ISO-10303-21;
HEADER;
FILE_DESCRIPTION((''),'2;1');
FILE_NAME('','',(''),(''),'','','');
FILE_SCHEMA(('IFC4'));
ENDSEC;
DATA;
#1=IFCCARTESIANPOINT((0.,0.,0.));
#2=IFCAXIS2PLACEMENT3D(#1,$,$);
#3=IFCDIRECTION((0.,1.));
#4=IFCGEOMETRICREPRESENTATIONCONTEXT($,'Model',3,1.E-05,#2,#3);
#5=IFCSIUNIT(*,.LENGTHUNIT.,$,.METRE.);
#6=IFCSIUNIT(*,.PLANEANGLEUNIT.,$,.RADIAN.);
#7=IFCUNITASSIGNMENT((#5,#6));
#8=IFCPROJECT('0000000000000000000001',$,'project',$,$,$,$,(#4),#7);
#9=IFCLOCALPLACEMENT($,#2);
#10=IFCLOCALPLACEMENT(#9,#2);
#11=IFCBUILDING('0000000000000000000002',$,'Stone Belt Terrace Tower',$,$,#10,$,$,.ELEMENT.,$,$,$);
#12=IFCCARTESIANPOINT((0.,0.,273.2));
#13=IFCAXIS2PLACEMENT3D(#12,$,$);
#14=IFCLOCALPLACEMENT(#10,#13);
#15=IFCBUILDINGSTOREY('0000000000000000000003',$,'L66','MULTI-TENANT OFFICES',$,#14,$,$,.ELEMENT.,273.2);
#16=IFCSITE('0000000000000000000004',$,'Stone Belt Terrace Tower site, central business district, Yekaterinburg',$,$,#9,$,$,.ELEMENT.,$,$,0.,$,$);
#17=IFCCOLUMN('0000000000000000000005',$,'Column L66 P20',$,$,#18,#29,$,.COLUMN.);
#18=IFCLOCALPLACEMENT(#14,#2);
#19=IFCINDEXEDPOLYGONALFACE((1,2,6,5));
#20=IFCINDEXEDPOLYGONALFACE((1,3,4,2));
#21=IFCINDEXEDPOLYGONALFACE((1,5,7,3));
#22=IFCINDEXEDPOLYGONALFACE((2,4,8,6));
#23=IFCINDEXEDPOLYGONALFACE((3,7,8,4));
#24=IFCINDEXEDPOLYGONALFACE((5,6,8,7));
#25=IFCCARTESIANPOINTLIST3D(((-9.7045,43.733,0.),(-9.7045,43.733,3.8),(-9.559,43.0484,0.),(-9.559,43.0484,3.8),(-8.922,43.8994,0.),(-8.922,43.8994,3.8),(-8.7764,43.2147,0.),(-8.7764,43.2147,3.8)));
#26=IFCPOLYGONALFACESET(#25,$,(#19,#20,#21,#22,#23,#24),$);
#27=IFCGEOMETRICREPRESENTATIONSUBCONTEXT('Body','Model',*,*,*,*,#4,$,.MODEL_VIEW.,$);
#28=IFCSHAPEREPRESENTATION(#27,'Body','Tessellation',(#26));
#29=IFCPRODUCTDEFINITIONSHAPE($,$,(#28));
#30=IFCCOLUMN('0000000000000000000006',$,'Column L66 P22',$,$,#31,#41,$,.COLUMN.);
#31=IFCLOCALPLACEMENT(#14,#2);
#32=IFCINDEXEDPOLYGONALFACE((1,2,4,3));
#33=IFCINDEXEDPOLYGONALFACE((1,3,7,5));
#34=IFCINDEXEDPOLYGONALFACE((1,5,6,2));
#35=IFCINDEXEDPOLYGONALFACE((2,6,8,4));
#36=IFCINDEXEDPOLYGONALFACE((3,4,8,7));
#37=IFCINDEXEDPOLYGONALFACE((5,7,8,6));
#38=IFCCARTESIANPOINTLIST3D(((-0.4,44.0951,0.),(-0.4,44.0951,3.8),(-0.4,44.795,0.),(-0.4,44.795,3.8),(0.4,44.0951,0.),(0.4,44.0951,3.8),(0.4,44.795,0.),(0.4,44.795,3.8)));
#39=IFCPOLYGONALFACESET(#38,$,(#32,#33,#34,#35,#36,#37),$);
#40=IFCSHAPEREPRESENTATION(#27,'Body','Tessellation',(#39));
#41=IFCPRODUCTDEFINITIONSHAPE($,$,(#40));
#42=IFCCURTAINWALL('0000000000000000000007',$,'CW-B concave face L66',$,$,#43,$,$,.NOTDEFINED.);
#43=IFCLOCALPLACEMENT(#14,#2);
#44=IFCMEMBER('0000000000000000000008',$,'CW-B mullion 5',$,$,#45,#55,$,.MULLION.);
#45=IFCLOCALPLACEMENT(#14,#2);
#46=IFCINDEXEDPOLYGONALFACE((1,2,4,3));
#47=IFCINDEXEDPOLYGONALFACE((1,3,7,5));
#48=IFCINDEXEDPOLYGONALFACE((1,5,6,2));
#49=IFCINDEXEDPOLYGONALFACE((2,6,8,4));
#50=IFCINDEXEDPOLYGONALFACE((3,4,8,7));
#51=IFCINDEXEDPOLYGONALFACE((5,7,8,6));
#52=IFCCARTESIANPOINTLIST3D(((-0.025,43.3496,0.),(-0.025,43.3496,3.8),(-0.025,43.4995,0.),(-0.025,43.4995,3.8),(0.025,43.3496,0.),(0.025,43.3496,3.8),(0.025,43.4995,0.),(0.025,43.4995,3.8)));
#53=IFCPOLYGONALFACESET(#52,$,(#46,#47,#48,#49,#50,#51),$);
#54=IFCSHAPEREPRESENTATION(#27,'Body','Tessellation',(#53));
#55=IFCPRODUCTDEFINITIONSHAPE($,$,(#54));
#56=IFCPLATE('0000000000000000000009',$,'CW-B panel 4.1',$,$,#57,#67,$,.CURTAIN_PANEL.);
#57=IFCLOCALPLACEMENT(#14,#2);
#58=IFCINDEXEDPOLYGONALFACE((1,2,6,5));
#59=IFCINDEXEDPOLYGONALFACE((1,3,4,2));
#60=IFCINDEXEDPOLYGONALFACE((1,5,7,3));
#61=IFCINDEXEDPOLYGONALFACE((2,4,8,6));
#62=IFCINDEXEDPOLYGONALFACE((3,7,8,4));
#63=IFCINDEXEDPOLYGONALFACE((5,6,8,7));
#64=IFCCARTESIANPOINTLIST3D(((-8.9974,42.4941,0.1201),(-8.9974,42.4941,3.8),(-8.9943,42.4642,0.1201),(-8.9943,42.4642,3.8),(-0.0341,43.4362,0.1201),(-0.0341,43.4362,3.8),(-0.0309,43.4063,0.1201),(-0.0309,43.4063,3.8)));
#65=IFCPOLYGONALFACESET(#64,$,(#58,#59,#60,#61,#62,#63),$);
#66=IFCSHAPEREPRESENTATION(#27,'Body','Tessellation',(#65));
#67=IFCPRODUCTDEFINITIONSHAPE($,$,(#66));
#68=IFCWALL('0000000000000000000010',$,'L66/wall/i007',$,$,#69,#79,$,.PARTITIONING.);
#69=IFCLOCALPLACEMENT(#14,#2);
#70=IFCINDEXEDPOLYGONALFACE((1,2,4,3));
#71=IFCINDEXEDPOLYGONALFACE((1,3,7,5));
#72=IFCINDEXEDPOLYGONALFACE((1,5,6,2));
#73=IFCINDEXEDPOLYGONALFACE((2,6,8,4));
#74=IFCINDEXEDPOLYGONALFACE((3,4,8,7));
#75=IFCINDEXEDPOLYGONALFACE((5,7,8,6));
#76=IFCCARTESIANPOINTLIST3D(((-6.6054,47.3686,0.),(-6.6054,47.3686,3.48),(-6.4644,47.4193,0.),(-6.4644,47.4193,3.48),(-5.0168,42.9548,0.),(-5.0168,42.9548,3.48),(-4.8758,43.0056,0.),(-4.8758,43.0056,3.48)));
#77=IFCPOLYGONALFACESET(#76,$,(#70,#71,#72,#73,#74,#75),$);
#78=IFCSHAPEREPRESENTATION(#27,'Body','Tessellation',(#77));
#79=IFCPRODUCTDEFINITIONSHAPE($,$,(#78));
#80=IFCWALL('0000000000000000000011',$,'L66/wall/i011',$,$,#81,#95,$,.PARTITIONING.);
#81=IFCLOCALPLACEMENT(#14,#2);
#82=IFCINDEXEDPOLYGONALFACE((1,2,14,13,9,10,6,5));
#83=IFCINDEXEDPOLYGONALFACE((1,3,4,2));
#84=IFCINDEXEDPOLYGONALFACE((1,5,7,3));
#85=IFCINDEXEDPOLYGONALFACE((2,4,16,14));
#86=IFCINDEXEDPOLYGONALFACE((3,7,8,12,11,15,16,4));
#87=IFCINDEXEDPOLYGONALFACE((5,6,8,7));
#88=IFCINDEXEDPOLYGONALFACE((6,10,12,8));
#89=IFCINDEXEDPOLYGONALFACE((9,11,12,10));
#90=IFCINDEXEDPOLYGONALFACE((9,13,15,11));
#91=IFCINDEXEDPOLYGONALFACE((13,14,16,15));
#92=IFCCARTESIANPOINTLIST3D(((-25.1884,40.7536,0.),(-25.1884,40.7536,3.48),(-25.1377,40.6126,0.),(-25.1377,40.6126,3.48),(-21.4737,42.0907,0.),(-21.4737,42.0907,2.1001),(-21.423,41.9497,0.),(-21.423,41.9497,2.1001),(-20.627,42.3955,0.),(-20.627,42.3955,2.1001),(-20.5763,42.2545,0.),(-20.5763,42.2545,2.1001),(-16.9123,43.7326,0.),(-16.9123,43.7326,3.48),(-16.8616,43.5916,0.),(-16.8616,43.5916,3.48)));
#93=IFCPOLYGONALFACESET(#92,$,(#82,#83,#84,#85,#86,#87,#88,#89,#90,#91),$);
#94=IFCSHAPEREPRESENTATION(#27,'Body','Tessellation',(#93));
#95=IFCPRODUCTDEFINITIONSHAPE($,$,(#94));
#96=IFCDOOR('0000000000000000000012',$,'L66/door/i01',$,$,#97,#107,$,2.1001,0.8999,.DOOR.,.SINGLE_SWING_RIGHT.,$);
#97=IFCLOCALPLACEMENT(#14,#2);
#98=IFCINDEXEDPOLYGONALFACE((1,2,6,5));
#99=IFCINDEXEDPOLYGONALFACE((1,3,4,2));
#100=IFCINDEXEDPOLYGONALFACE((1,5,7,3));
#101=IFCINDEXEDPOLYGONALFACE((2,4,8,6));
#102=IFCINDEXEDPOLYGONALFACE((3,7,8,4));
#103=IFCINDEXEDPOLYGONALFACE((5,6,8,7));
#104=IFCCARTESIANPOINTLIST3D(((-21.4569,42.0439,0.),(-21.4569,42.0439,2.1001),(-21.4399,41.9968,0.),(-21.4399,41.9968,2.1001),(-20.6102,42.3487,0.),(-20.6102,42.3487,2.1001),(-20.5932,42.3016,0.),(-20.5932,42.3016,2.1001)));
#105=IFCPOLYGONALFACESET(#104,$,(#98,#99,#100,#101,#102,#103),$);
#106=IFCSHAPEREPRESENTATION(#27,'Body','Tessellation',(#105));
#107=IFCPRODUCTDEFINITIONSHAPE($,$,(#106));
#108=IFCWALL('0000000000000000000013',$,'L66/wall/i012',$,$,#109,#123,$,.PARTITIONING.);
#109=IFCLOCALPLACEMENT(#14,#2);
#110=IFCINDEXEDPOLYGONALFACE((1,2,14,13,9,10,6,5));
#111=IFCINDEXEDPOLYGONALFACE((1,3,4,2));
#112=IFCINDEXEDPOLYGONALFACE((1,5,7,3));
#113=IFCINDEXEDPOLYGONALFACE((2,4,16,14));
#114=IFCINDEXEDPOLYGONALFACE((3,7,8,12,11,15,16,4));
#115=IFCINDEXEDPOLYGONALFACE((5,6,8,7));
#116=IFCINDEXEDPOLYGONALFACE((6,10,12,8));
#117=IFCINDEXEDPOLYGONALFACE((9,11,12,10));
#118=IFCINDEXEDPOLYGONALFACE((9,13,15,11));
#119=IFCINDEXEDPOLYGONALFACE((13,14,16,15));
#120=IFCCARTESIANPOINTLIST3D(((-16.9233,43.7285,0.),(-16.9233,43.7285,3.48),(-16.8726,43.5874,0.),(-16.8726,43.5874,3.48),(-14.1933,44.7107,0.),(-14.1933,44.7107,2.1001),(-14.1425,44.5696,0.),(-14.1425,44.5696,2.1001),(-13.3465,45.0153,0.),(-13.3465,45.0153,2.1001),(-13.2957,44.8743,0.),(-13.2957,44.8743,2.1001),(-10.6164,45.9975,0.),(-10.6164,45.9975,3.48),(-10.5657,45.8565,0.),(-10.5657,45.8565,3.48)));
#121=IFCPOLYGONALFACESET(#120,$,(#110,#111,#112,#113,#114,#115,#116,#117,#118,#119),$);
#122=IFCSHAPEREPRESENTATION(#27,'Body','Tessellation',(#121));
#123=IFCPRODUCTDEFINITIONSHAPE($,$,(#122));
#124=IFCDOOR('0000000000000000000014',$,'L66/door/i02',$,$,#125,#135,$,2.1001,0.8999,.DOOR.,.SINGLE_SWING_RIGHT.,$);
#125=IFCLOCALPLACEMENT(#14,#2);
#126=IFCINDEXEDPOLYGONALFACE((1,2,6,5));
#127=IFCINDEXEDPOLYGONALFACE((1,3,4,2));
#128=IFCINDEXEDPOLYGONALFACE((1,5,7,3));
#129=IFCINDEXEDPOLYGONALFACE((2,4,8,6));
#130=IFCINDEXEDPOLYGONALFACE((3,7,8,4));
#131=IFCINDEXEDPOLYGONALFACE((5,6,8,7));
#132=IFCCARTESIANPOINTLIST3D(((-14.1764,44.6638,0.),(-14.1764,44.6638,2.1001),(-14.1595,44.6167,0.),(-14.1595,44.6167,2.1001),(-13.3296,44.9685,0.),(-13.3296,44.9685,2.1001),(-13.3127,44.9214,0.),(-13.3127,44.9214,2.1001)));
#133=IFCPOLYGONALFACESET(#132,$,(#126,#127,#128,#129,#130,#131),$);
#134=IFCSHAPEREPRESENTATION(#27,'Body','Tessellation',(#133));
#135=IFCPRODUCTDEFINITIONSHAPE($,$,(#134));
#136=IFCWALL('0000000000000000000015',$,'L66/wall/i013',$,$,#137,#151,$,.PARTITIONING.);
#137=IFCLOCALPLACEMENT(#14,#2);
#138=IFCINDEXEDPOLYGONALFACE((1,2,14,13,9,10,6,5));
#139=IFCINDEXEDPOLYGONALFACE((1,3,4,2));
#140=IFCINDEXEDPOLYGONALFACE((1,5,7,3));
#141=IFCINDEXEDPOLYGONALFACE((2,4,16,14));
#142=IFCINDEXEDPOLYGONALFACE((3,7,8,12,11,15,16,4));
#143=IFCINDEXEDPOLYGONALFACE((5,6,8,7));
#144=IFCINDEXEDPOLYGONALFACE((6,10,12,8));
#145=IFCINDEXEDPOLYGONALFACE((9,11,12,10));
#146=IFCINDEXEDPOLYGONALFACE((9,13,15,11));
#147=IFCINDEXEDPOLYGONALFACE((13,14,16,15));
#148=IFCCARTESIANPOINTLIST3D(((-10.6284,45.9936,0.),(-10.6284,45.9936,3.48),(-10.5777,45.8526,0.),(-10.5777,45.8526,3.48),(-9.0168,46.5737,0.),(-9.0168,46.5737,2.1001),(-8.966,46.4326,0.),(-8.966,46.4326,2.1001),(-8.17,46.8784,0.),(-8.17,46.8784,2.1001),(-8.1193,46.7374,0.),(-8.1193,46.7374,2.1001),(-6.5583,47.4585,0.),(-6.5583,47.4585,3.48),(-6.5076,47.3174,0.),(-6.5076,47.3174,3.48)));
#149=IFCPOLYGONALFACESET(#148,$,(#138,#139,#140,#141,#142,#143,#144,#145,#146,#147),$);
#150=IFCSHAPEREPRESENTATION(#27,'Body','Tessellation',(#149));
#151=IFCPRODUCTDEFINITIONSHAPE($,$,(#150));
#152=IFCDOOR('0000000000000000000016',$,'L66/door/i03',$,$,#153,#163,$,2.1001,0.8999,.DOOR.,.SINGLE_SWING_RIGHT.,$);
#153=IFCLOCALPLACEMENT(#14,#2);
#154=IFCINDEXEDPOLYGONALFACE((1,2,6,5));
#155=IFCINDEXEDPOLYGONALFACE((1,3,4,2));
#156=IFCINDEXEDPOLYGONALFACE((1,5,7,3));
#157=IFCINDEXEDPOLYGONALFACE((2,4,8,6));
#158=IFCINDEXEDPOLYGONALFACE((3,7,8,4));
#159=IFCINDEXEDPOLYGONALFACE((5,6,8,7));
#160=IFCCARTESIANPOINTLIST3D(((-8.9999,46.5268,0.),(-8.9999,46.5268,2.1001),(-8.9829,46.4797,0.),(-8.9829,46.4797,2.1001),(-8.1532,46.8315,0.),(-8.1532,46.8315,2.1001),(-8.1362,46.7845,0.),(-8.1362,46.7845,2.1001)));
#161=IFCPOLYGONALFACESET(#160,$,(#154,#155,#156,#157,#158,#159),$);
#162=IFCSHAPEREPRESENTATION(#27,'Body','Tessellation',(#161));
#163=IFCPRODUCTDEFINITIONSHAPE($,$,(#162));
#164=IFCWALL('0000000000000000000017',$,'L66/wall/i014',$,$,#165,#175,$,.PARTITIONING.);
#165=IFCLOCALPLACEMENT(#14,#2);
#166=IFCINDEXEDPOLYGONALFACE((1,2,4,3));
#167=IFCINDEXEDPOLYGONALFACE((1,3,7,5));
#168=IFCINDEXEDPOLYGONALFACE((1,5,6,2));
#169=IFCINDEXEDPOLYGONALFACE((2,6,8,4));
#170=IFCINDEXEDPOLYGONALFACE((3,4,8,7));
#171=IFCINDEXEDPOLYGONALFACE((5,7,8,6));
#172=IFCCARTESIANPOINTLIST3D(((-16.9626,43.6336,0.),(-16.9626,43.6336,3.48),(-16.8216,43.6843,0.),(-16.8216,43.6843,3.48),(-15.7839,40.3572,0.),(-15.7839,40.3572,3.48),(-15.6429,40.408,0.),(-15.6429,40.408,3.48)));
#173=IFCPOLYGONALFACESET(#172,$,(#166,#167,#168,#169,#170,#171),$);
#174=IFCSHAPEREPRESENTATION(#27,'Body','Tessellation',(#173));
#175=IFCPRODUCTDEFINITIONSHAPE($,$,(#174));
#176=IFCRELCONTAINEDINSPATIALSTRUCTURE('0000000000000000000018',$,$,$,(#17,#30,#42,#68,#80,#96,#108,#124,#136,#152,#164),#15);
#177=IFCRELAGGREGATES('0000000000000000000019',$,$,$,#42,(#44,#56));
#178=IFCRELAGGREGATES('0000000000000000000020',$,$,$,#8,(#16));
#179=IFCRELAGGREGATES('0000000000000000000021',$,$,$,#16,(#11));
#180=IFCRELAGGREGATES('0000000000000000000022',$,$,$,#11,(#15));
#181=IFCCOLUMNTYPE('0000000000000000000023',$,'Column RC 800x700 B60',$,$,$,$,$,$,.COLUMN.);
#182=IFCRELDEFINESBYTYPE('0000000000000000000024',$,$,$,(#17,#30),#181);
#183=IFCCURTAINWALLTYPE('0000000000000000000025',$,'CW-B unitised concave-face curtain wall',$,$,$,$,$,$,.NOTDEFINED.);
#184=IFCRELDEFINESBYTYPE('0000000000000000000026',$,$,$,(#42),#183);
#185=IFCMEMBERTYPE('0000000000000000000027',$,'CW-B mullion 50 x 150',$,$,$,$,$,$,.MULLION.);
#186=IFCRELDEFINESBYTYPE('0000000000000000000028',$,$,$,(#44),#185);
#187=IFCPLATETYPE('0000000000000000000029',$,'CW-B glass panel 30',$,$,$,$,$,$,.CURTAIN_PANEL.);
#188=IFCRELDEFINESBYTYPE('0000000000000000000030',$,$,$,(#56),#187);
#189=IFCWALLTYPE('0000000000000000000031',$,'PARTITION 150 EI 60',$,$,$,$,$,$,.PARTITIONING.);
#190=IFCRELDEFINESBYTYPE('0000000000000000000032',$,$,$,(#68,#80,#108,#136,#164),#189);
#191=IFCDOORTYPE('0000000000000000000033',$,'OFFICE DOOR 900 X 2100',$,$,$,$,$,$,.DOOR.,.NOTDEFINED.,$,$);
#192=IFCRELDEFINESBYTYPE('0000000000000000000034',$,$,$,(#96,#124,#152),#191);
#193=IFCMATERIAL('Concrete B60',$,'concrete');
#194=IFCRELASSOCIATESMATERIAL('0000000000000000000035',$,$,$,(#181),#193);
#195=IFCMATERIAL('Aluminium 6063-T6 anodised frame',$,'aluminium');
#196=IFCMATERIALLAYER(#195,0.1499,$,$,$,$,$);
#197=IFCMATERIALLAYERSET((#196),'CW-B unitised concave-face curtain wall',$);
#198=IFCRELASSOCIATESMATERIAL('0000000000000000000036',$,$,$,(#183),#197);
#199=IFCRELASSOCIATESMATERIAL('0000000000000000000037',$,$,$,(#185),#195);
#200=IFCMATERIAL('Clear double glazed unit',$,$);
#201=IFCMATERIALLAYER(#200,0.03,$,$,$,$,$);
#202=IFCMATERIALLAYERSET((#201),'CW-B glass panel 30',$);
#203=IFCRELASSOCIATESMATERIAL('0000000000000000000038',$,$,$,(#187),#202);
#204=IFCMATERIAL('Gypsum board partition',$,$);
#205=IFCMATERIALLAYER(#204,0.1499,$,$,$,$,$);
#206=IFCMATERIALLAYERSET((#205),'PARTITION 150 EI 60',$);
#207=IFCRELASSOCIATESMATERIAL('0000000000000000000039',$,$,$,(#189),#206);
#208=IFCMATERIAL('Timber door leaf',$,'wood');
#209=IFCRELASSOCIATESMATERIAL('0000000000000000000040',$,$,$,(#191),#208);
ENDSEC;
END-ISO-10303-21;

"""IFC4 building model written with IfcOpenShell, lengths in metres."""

from ifc_helpers import new_model, si_unit, direction, frame, frame_2d, origin, origin_2d, place, context, subcontext, project, spatial, rectangle, extrude, material, layer, layer_set, material_profile, profile_set, type_object, element, fill, aggregate, save


model = new_model("IFC4")

# Units and contexts
model_context = context("Model", 3, precision=1e-05, world=origin(), true_north=direction((0.0, 1.0)))
body_context = subcontext(model_context, "Body", "Model", "MODEL_VIEW")
ifc_project = project(units=[si_unit("LENGTHUNIT", "METRE"), si_unit("PLANEANGLEUNIT", "RADIAN")], contexts=[model_context])

# Site, building, storey
site_placement = place(None, origin())
site = spatial("IfcSite", under=ifc_project, at=site_placement, Name="Stone Belt Terrace Tower site, central business district, Yekaterinburg", CompositionType="ELEMENT", RefElevation=0.0)
building_placement = place(site_placement, origin())
building = spatial("IfcBuilding", under=site, at=building_placement, Name="Stone Belt Terrace Tower", CompositionType="ELEMENT")
storey_placement = place(building_placement, frame((0.0, 0.0, 273.2)))
storey = spatial("IfcBuildingStorey", under=building, at=storey_placement, Name="L66", Description="MULTI-TENANT OFFICES", CompositionType="ELEMENT", Elevation=273.2)

# Columns
ifc_material_1 = material(Name="Concrete B60", Category="concrete")
ifc_material_profile_1 = material_profile(ifc_material_1, rectangle(XDim=0.8, YDim=0.7, at=origin_2d()), Name="RC 800x700")
ifc_profile_set_1 = profile_set([ifc_material_profile_1], Name="Concrete B60")
column_type = type_object("IfcColumnType", Name="Column RC 800x700 B60", PredefinedType="COLUMN", material=ifc_profile_set_1)
for number, where, z_axis, x_axis, name in (
    (1, (-9.2405, 43.4739, 0.0), (0.0, 0.0, 1.0), (0.978148, 0.207912, 0.0), "Column L66 P20"),
    (2, (0.0, 44.4451, 0.0), (0.0, 0.0, 1.0), (1.0, 0.0, 0.0), "Column L66 P22"),
):
    element("IfcColumn", number, at=place(storey_placement, frame(where, z_axis=z_axis, x_axis=x_axis)), inside=storey, type_object=column_type, Name=name, PredefinedType="COLUMN", context=body_context, shape_type="SweptSolid", body=[
        extrude(rectangle(XDim=0.8, YDim=0.7, at=origin_2d()), origin(), (0.0, 0.0, 1.0), 3.8),
    ])

# Curtain wall, member, plate
ifc_material_2 = material(Name="Aluminium 6063-T6 anodised frame", Category="aluminium")
ifc_layer_1 = layer(ifc_material_2, 0.1499)
ifc_layer_set_1 = layer_set([ifc_layer_1], Name="CW-B unitised concave-face curtain wall")
curtain_wall_type = type_object("IfcCurtainWallType", Name="CW-B unitised concave-face curtain wall", PredefinedType="NOTDEFINED", material=ifc_layer_set_1)
curtain_wall_placement = place(storey_placement, origin())
curtain_wall = element("IfcCurtainWall", 3, at=curtain_wall_placement, inside=storey, type_object=curtain_wall_type, Name="CW-B concave face L66", PredefinedType="NOTDEFINED")
ifc_material_profile_2 = material_profile(ifc_material_2, rectangle(XDim=0.1499, YDim=0.05, at=origin_2d()), Name="Aluminium 6063-T6 50x150")
ifc_profile_set_2 = profile_set([ifc_material_profile_2], Name="Aluminium 6063-T6 anodised frame")
member_type = type_object("IfcMemberType", Name="CW-B mullion 50 x 150", PredefinedType="MULLION", material=ifc_profile_set_2)
member_placement = place(storey_placement, frame((0.0, 43.4246, 0.0), z_axis=(0.0, 0.0, 1.0), x_axis=(0.0, 1.0, 0.0)))
member = element("IfcMember", 4, at=member_placement, type_object=member_type, Name="CW-B mullion 5", PredefinedType="MULLION", context=body_context, shape_type="SweptSolid", body=[
    extrude(rectangle(XDim=0.1499, YDim=0.05, at=origin_2d()), origin(), (0.0, 0.0, 1.0), 3.8),
])
ifc_material_3 = material(Name="Clear double glazed unit")
ifc_layer_2 = layer(ifc_material_3, 0.03)
ifc_layer_set_2 = layer_set([ifc_layer_2], Name="CW-B glass panel 30")
plate_type = type_object("IfcPlateType", Name="CW-B glass panel 30", PredefinedType="CURTAIN_PANEL", material=ifc_layer_set_2)
plate_placement = place(storey_placement, frame((-4.5142, 42.9502, 0.1201), z_axis=(0.0, 0.0, 1.0), x_axis=(0.994522, 0.104528, 0.0)))
plate = element("IfcPlate", 5, at=plate_placement, type_object=plate_type, Name="CW-B panel 4.1", PredefinedType="CURTAIN_PANEL", context=body_context, shape_type="SweptSolid", body=[
    extrude(rectangle(XDim=9.0127, YDim=0.03, at=origin_2d()), origin(), (0.0, 0.0, 1.0), 3.6799),
])
aggregate(curtain_wall, [member, plate])

# Wall
ifc_material_4 = material(Name="Gypsum board partition")
ifc_layer_3 = layer(ifc_material_4, 0.1499)
ifc_layer_set_3 = layer_set([ifc_layer_3], Name="PARTITION 150 EI 60")
wall_type_1 = type_object("IfcWallType", Name="PARTITION 150 EI 60", PredefinedType="PARTITIONING", material=ifc_layer_set_3)
wall_1_placement = place(storey_placement, frame((-4.9463, 42.9802, 0.0), z_axis=(0.0, 0.0, 1.0), x_axis=(-0.338653, 0.940911, 0.0)))
element("IfcWall", 6, at=wall_1_placement, inside=storey, type_object=wall_type_1, Name="L66/wall/i007", PredefinedType="PARTITIONING", context=body_context, shape_type="SweptSolid", body=[
    extrude(rectangle(XDim=4.6909, YDim=0.1499, at=frame_2d((2.3455, 0.0))), origin(), (0.0, 0.0, 1.0), 3.48),
])

# Walls, openings, doors
wall_2_placement = place(storey_placement, frame((-16.887, 43.6621, 0.0), z_axis=(0.0, 0.0, 1.0), x_axis=(-0.940902, -0.338679, 0.0)))
wall_2 = element("IfcWall", 7, at=wall_2_placement, inside=storey, type_object=wall_type_1, Name="L66/wall/i011", PredefinedType="PARTITIONING", context=body_context, shape_type="SweptSolid", body=[
    extrude(rectangle(XDim=8.7959, YDim=0.1499, at=frame_2d((4.3979, 0.0))), origin(), (0.0, 0.0, 1.0), 3.48),
])
opening_1_placement = place(wall_2_placement, frame((3.948, 0.0, 0.0)))
opening_1 = element("IfcOpeningElement", 8, at=opening_1_placement, cuts=wall_2, PredefinedType="OPENING", context=body_context, shape_type="SweptSolid", body=[
    extrude(rectangle(XDim=0.8999, YDim=2.1001, at=frame_2d((0.45, 1.05))), frame((0.0, 0.085, 0.0), z_axis=(0.0, -1.0, 0.0), x_axis=(1.0, 0.0, 0.0)), (0.0, 0.0, 1.0), 0.1699),
])
ifc_material_5 = material(Name="Timber door leaf", Category="wood")
door_type_1 = type_object("IfcDoorType", Name="OFFICE DOOR 900 X 2100", OperationType="NOTDEFINED", PredefinedType="DOOR", material=ifc_material_5)
door_1_placement = place(opening_1_placement, origin())
door_1 = element("IfcDoor", 9, at=door_1_placement, inside=storey, type_object=door_type_1, Name="L66/door/i01", OperationType="SINGLE_SWING_RIGHT", OverallHeight=2.1001, OverallWidth=0.8999, PredefinedType="DOOR", context=body_context, shape_type="SweptSolid", body=[
    extrude(rectangle(XDim=0.8999, YDim=2.1001, at=frame_2d((0.45, 1.05))), frame((0.0, 0.0249, 0.0), z_axis=(0.0, -1.0, 0.0), x_axis=(1.0, 0.0, 0.0)), (0.0, 0.0, 1.0), 0.05),
])
fill(opening_1, door_1)
wall_3_placement = place(storey_placement, frame((-10.5911, 45.927, 0.0), z_axis=(0.0, 0.0, 1.0), x_axis=(-0.940956, -0.33853, 0.0)))
wall_3 = element("IfcWall", 10, at=wall_3_placement, inside=storey, type_object=wall_type_1, Name="L66/wall/i012", PredefinedType="PARTITIONING", context=body_context, shape_type="SweptSolid", body=[
    extrude(rectangle(XDim=6.7026, YDim=0.1499, at=frame_2d((3.3513, 0.0))), origin(), (0.0, 0.0, 1.0), 3.48),
])
opening_2_placement = place(wall_3_placement, frame((2.9014, 0.0, 0.0)))
opening_2 = element("IfcOpeningElement", 11, at=opening_2_placement, cuts=wall_3, PredefinedType="OPENING", context=body_context, shape_type="SweptSolid", body=[
    extrude(rectangle(XDim=0.8999, YDim=2.1001, at=frame_2d((0.45, 1.05))), frame((0.0, 0.085, 0.0), z_axis=(0.0, -1.0, 0.0), x_axis=(1.0, 0.0, 0.0)), (0.0, 0.0, 1.0), 0.1699),
])
door_2_placement = place(opening_2_placement, origin())
door_2 = element("IfcDoor", 12, at=door_2_placement, inside=storey, type_object=door_type_1, Name="L66/door/i02", OperationType="SINGLE_SWING_RIGHT", OverallHeight=2.1001, OverallWidth=0.8999, PredefinedType="DOOR", context=body_context, shape_type="SweptSolid", body=[
    extrude(rectangle(XDim=0.8999, YDim=2.1001, at=frame_2d((0.45, 1.05))), frame((0.0, 0.0249, 0.0), z_axis=(0.0, -1.0, 0.0), x_axis=(1.0, 0.0, 0.0)), (0.0, 0.0, 1.0), 0.05),
])
fill(opening_2, door_2)
wall_4_placement = place(storey_placement, frame((-6.533, 47.3879, 0.0), z_axis=(0.0, 0.0, 1.0), x_axis=(-0.940915, -0.338642, 0.0)))
wall_4 = element("IfcWall", 13, at=wall_4_placement, inside=storey, type_object=wall_type_1, Name="L66/wall/i013", PredefinedType="PARTITIONING", context=body_context, shape_type="SweptSolid", body=[
    extrude(rectangle(XDim=4.3257, YDim=0.1499, at=frame_2d((2.1628, 0.0))), origin(), (0.0, 0.0, 1.0), 3.48),
])
opening_3_placement = place(wall_4_placement, frame((1.7129, 0.0, 0.0)))
opening_3 = element("IfcOpeningElement", 14, at=opening_3_placement, cuts=wall_4, PredefinedType="OPENING", context=body_context, shape_type="SweptSolid", body=[
    extrude(rectangle(XDim=0.8999, YDim=2.1001, at=frame_2d((0.45, 1.05))), frame((0.0, 0.085, 0.0), z_axis=(0.0, -1.0, 0.0), x_axis=(1.0, 0.0, 0.0)), (0.0, 0.0, 1.0), 0.1699),
])
door_3_placement = place(opening_3_placement, origin())
door_3 = element("IfcDoor", 15, at=door_3_placement, inside=storey, type_object=door_type_1, Name="L66/door/i03", OperationType="SINGLE_SWING_RIGHT", OverallHeight=2.1001, OverallWidth=0.8999, PredefinedType="DOOR", context=body_context, shape_type="SweptSolid", body=[
    extrude(rectangle(XDim=0.8999, YDim=2.1001, at=frame_2d((0.45, 1.05))), frame((0.0, 0.0249, 0.0), z_axis=(0.0, -1.0, 0.0), x_axis=(1.0, 0.0, 0.0)), (0.0, 0.0, 1.0), 0.05),
])
fill(opening_3, door_3)

# Wall
wall_5_placement = place(storey_placement, frame((-16.8921, 43.6589, 0.0), z_axis=(0.0, 0.0, 1.0), x_axis=(0.338521, -0.940959, 0.0)))
element("IfcWall", 16, at=wall_5_placement, inside=storey, type_object=wall_type_1, Name="L66/wall/i014", PredefinedType="PARTITIONING", context=body_context, shape_type="SweptSolid", body=[
    extrude(rectangle(XDim=3.4819, YDim=0.1499, at=frame_2d((1.741, 0.0))), origin(), (0.0, 0.0, 1.0), 3.48),
])

save(model, "model.ifc")
